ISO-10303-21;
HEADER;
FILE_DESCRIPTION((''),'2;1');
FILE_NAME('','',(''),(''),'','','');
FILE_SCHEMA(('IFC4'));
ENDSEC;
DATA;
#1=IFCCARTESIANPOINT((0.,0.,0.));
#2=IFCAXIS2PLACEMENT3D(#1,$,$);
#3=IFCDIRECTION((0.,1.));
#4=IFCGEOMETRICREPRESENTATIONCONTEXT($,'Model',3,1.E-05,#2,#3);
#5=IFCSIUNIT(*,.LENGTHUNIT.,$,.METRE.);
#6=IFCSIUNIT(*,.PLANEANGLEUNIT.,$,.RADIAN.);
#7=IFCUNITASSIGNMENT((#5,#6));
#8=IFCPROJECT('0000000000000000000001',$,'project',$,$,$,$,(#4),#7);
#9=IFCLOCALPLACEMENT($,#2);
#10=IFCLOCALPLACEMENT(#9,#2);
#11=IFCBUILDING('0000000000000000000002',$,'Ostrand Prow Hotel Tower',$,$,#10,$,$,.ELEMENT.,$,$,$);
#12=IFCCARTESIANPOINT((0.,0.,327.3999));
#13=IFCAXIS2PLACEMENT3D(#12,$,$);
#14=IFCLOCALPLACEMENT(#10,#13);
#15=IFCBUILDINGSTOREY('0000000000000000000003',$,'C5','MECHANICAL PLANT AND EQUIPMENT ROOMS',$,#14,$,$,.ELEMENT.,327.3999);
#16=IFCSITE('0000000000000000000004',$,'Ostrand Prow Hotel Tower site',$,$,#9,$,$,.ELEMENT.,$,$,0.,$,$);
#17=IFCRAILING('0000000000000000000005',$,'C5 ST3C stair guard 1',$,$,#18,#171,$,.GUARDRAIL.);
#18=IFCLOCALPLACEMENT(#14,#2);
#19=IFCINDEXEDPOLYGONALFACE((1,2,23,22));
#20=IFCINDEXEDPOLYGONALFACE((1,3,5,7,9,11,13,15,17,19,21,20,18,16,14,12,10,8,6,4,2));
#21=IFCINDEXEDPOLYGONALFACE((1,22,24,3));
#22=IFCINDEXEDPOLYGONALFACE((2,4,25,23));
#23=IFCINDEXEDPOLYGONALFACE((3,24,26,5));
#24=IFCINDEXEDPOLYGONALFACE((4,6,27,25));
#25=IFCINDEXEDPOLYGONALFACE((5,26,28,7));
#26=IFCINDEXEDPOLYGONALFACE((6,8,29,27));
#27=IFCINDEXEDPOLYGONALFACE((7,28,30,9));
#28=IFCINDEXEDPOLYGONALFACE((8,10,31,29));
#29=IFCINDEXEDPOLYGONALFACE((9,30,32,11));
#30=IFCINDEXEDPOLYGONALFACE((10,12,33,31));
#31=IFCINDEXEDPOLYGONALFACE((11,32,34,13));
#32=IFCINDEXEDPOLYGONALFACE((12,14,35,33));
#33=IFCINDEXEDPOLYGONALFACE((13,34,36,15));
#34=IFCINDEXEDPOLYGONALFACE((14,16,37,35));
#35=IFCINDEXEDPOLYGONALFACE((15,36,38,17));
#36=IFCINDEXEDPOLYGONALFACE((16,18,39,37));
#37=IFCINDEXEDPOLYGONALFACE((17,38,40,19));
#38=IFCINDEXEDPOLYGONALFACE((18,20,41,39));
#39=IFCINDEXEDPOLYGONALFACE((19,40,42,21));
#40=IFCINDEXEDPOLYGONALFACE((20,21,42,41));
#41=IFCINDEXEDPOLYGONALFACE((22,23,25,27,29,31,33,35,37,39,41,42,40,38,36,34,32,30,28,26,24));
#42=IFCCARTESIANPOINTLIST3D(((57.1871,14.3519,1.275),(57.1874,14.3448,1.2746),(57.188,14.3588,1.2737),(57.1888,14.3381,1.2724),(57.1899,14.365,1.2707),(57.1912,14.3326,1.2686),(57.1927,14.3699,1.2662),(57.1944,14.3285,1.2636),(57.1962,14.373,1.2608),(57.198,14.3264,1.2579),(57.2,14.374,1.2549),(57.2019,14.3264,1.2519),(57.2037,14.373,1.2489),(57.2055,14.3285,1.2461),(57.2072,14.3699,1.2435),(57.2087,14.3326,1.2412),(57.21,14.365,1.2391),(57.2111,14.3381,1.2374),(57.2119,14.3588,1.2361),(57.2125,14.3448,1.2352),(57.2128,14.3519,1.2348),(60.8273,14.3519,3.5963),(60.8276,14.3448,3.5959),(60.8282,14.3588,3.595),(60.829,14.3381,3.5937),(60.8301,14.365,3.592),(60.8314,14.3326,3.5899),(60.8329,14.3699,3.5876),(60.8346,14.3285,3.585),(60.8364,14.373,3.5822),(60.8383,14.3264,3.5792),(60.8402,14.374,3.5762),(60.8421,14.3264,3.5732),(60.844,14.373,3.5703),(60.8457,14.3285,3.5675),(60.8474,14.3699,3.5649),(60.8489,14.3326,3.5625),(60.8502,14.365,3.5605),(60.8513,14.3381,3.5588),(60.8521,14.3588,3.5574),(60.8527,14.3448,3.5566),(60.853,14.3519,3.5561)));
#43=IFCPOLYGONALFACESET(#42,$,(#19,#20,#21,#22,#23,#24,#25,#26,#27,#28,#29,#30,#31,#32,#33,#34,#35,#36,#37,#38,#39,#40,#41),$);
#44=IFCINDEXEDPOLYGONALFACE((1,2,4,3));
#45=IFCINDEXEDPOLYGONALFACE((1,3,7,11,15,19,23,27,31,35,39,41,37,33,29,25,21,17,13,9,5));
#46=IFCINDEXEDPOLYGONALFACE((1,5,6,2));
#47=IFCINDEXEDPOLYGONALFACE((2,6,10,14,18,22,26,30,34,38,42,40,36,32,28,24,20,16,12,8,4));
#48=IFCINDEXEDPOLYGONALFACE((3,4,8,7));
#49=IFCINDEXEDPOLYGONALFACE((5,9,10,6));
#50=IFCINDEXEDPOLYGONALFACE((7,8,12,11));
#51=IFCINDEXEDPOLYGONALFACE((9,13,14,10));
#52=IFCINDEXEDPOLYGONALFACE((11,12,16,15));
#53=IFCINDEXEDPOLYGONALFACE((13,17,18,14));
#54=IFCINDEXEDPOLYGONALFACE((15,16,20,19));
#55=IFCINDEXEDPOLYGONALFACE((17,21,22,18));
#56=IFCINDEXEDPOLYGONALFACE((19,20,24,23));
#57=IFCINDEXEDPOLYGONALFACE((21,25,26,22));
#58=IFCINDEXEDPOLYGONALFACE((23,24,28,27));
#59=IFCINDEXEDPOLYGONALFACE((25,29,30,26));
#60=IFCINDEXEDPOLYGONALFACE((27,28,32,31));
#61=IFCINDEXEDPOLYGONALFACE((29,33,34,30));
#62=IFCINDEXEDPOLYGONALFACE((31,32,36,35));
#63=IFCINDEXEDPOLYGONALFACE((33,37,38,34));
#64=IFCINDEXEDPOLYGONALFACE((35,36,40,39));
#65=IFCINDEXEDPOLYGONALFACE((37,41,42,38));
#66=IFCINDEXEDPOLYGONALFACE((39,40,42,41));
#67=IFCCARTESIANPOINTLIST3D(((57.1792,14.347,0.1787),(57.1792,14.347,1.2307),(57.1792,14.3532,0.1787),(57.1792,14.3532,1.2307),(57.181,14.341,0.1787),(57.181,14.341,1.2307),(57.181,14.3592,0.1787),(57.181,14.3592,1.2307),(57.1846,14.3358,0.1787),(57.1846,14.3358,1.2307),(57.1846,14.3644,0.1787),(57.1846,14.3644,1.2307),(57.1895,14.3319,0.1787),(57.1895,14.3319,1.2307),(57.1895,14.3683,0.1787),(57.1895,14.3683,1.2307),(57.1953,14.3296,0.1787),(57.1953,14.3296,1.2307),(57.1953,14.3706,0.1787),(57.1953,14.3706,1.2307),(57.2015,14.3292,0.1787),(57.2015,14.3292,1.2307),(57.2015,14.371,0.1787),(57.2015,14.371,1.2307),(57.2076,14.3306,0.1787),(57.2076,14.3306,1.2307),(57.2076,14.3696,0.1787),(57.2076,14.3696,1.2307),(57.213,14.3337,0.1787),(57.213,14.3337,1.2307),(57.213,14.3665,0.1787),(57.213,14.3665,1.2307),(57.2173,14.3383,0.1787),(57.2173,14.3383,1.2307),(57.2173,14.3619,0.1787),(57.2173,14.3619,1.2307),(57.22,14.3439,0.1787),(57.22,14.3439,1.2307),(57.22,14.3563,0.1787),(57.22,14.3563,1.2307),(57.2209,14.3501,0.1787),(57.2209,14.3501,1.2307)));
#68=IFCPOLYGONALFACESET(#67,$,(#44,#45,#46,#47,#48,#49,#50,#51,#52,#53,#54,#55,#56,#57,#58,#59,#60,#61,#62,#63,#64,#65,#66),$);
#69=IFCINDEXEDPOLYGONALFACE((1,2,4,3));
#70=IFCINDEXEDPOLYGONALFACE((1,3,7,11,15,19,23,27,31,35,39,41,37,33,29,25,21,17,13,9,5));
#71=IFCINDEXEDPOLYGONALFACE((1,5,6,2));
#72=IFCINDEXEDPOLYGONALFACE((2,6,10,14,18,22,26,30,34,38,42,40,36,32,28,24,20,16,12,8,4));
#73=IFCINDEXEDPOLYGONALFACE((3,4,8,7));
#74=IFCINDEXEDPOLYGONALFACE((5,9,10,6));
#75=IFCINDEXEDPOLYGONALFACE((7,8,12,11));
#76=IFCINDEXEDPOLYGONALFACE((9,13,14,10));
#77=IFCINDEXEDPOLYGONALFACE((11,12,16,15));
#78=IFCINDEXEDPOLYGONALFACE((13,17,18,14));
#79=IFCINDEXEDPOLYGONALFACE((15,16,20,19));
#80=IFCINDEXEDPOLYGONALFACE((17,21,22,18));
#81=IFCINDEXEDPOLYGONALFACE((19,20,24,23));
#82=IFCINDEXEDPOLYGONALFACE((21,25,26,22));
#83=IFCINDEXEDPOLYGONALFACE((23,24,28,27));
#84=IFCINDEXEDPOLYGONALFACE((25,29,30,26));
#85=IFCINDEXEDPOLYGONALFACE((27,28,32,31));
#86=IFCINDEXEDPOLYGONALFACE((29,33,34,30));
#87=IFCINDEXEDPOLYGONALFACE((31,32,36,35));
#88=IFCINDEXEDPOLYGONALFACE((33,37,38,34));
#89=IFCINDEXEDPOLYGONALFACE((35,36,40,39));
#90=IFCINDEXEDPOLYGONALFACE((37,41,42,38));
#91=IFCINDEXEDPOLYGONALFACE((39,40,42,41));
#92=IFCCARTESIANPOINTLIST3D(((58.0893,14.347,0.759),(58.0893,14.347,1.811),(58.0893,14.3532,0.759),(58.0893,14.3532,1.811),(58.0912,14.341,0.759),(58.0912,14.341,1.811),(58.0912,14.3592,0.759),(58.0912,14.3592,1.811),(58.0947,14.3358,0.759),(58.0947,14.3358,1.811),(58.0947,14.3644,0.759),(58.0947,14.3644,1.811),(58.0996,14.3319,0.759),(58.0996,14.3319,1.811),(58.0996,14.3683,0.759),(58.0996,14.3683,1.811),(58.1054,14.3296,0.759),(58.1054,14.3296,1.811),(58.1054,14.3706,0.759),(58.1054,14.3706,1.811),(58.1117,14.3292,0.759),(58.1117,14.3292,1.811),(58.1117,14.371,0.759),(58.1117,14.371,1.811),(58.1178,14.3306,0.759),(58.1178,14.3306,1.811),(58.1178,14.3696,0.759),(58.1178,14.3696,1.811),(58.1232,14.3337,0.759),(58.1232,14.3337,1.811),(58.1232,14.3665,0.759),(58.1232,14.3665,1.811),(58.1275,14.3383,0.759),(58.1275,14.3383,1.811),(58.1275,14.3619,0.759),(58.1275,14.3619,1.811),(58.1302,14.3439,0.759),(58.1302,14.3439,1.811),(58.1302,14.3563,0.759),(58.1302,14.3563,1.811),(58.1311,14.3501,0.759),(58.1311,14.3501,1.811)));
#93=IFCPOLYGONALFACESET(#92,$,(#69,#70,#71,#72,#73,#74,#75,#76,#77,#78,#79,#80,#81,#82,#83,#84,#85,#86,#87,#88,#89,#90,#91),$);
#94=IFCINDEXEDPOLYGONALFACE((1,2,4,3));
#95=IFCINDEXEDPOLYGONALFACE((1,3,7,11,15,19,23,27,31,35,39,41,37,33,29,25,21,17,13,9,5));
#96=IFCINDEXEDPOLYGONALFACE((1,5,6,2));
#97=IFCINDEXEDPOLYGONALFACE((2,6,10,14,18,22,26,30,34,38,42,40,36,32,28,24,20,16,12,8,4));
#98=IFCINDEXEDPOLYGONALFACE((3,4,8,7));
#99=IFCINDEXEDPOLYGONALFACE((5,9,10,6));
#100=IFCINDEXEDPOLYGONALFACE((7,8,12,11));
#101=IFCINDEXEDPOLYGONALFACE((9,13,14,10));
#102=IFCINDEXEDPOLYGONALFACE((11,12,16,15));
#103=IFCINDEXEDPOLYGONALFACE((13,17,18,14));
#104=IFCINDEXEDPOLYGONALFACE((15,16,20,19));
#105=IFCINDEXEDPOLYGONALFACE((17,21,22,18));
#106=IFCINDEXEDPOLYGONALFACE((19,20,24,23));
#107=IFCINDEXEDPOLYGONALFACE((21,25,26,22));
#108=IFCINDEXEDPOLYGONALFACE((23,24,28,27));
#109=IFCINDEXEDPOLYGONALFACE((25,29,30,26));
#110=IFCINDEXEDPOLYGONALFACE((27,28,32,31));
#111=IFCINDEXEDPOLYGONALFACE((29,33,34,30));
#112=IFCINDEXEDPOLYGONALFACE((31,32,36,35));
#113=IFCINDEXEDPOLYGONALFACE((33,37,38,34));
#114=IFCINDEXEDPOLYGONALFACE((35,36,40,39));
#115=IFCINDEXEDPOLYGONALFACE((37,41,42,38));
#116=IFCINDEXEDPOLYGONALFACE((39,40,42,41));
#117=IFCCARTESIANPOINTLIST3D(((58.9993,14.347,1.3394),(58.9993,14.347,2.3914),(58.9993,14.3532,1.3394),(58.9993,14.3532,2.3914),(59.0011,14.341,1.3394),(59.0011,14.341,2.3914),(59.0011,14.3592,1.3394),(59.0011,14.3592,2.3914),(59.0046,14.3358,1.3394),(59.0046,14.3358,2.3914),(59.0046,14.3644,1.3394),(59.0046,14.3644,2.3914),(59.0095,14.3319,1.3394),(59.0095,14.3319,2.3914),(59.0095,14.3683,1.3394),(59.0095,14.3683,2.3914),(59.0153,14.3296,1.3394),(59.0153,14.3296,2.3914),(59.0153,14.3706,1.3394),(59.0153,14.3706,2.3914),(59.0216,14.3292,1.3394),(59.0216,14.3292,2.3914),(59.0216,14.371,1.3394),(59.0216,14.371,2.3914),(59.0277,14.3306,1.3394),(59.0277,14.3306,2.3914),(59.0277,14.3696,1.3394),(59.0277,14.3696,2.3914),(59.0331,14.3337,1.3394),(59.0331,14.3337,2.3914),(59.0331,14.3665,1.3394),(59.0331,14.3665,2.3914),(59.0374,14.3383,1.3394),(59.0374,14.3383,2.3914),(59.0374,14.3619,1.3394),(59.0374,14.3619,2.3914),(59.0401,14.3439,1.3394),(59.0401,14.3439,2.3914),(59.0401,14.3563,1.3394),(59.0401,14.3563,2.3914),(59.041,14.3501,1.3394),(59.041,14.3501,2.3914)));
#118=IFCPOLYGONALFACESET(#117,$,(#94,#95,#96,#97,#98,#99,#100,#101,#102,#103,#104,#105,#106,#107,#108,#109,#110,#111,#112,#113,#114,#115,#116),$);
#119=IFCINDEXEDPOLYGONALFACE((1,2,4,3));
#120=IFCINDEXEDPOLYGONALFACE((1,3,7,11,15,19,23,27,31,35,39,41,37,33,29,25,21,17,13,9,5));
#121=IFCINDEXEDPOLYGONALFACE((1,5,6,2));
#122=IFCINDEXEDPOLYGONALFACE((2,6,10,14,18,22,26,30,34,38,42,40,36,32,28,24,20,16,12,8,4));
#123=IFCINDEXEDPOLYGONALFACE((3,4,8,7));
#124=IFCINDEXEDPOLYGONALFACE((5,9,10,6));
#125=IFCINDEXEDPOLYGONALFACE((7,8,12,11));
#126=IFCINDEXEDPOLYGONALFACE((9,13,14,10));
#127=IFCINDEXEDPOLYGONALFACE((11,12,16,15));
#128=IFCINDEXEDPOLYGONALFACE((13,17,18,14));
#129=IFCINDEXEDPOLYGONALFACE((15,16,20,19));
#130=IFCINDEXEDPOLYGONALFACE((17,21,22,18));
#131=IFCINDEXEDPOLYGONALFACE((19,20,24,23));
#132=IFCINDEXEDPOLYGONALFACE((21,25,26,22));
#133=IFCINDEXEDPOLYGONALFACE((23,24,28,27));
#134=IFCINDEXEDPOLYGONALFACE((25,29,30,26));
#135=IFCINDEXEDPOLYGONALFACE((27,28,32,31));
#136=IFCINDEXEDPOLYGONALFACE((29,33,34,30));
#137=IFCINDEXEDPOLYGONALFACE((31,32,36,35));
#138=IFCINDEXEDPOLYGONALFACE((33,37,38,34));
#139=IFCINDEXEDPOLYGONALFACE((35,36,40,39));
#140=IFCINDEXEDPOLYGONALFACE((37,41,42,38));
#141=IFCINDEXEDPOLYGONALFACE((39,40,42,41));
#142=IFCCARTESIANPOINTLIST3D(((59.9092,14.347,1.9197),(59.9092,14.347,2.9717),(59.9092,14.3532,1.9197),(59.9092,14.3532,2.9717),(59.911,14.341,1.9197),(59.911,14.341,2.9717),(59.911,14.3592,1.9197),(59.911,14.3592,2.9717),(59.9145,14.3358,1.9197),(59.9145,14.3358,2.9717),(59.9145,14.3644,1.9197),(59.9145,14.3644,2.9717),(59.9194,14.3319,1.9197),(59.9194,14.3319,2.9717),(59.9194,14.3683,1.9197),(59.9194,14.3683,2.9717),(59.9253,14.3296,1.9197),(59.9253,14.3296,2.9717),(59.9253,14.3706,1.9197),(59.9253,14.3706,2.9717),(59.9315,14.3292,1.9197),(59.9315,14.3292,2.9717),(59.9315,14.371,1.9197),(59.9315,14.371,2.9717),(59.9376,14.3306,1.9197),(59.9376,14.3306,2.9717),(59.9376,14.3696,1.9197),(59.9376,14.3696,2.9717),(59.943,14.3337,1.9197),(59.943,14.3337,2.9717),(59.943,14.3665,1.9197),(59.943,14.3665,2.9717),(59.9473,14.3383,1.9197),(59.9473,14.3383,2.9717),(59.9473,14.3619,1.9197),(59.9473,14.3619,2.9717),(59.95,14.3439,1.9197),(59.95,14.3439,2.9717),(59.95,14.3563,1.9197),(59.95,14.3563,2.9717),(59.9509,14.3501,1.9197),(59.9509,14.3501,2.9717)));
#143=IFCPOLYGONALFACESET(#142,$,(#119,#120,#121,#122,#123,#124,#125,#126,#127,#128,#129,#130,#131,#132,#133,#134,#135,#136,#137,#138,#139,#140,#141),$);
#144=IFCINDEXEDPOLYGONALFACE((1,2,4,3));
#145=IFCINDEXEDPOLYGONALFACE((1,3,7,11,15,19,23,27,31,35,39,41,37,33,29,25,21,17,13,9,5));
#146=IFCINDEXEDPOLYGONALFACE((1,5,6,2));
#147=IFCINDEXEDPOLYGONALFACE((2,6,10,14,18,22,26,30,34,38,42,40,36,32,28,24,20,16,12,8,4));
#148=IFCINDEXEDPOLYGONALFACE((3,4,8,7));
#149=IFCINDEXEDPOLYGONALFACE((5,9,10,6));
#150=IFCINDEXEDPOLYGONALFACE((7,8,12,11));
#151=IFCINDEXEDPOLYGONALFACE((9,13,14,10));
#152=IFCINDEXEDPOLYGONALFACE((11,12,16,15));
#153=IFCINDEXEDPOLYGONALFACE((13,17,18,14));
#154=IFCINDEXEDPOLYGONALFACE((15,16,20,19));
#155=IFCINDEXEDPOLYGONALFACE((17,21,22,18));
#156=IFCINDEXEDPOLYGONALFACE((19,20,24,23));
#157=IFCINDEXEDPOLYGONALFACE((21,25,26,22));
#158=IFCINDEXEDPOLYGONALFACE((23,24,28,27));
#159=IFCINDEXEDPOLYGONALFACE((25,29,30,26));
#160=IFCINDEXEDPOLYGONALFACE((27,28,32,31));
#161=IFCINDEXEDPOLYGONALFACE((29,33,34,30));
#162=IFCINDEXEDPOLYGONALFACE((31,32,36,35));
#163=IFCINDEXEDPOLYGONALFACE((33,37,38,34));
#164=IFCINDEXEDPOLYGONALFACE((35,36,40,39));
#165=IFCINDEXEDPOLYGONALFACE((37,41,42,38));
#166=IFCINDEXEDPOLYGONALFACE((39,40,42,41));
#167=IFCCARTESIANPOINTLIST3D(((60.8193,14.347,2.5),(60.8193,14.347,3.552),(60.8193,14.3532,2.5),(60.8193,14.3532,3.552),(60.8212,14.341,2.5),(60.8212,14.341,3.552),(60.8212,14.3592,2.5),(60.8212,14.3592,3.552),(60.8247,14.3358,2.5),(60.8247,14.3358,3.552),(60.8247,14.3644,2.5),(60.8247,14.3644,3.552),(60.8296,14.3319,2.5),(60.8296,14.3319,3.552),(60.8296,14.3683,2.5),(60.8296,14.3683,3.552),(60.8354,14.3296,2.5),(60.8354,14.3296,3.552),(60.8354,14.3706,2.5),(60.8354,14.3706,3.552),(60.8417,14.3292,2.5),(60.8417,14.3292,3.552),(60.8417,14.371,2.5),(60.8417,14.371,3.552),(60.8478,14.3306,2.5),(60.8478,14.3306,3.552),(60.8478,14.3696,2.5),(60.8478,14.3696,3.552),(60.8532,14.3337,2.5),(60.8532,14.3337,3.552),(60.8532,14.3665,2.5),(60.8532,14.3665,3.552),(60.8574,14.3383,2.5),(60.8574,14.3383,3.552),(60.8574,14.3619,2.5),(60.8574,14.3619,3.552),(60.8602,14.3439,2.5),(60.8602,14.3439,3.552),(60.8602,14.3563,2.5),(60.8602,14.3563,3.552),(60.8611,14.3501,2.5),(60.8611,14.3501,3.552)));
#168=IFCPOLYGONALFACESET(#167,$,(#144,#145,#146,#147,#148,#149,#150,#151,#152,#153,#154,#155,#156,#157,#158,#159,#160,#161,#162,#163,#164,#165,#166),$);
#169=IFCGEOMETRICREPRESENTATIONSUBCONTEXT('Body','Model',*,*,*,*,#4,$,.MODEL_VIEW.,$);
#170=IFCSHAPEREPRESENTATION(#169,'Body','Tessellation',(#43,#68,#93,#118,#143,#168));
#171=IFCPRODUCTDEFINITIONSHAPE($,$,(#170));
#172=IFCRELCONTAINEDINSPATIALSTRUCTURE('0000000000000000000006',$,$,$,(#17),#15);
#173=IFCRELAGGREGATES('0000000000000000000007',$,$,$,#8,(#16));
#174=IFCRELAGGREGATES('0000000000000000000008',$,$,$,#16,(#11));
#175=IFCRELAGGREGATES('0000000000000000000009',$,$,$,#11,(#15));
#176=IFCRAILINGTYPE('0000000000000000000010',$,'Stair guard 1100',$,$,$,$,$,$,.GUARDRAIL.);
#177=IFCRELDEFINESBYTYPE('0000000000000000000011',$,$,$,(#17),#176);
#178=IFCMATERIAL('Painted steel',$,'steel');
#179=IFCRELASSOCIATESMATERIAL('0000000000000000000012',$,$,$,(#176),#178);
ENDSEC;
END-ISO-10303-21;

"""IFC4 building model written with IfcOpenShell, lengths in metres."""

from ifc_helpers import new_model, si_unit, direction, frame, origin, origin_2d, place, context, subcontext, project, spatial, circle, extrude, material, type_object, element, save


model = new_model("IFC4")

# Units and contexts
model_context = context("Model", 3, precision=1e-05, world=origin(), true_north=direction((0.0, 1.0)))
body_context = subcontext(model_context, "Body", "Model", "MODEL_VIEW")
ifc_project = project(units=[si_unit("LENGTHUNIT", "METRE"), si_unit("PLANEANGLEUNIT", "RADIAN")], contexts=[model_context])

# Site, building, storey
site_placement = place(None, origin())
site = spatial("IfcSite", under=ifc_project, at=site_placement, Name="Ostrand Prow Hotel Tower site", CompositionType="ELEMENT", RefElevation=0.0)
building_placement = place(site_placement, origin())
building = spatial("IfcBuilding", under=site, at=building_placement, Name="Ostrand Prow Hotel Tower", CompositionType="ELEMENT")
storey_placement = place(building_placement, frame((0.0, 0.0, 327.3999)))
storey = spatial("IfcBuildingStorey", under=building, at=storey_placement, Name="C5", Description="MECHANICAL PLANT AND EQUIPMENT ROOMS", CompositionType="ELEMENT", Elevation=327.3999)

# Railing
ifc_material_1 = material(Name="Painted steel", Category="steel")
railing_type_1 = type_object("IfcRailingType", Name="Stair guard 1100", PredefinedType="GUARDRAIL", material=ifc_material_1)
railing_1_placement = place(storey_placement, frame((57.2, 14.3501, 0.1787)))
element("IfcRailing", 1, at=railing_1_placement, inside=storey, type_object=railing_type_1, Name="C5 ST3C stair guard 1", PredefinedType="GUARDRAIL", context=body_context, shape_type="SweptSolid", body=[
    extrude(circle(Radius=0.0239, at=origin_2d()), frame((0.0, 0.0, 1.0762), z_axis=(0.843153, 0.0, 0.537673), x_axis=(0.0, 1.0, 0.0)), (0.0, 0.0, 1.0), 4.3174),
    extrude(circle(Radius=0.021, at=origin_2d()), origin(), (0.0, 0.0, 1.0), 1.052),
    extrude(circle(Radius=0.021, at=origin_2d()), frame((0.9102, 0.0, 0.5803)), (0.0, 0.0, 1.0), 1.052),
    extrude(circle(Radius=0.021, at=origin_2d()), frame((1.8201, 0.0, 1.1606)), (0.0, 0.0, 1.0), 1.052),
    extrude(circle(Radius=0.021, at=origin_2d()), frame((2.73, 0.0, 1.741)), (0.0, 0.0, 1.0), 1.052),
    extrude(circle(Radius=0.021, at=origin_2d()), frame((3.6401, 0.0, 2.3213)), (0.0, 0.0, 1.0), 1.052),
])

save(model, "model.ifc")
